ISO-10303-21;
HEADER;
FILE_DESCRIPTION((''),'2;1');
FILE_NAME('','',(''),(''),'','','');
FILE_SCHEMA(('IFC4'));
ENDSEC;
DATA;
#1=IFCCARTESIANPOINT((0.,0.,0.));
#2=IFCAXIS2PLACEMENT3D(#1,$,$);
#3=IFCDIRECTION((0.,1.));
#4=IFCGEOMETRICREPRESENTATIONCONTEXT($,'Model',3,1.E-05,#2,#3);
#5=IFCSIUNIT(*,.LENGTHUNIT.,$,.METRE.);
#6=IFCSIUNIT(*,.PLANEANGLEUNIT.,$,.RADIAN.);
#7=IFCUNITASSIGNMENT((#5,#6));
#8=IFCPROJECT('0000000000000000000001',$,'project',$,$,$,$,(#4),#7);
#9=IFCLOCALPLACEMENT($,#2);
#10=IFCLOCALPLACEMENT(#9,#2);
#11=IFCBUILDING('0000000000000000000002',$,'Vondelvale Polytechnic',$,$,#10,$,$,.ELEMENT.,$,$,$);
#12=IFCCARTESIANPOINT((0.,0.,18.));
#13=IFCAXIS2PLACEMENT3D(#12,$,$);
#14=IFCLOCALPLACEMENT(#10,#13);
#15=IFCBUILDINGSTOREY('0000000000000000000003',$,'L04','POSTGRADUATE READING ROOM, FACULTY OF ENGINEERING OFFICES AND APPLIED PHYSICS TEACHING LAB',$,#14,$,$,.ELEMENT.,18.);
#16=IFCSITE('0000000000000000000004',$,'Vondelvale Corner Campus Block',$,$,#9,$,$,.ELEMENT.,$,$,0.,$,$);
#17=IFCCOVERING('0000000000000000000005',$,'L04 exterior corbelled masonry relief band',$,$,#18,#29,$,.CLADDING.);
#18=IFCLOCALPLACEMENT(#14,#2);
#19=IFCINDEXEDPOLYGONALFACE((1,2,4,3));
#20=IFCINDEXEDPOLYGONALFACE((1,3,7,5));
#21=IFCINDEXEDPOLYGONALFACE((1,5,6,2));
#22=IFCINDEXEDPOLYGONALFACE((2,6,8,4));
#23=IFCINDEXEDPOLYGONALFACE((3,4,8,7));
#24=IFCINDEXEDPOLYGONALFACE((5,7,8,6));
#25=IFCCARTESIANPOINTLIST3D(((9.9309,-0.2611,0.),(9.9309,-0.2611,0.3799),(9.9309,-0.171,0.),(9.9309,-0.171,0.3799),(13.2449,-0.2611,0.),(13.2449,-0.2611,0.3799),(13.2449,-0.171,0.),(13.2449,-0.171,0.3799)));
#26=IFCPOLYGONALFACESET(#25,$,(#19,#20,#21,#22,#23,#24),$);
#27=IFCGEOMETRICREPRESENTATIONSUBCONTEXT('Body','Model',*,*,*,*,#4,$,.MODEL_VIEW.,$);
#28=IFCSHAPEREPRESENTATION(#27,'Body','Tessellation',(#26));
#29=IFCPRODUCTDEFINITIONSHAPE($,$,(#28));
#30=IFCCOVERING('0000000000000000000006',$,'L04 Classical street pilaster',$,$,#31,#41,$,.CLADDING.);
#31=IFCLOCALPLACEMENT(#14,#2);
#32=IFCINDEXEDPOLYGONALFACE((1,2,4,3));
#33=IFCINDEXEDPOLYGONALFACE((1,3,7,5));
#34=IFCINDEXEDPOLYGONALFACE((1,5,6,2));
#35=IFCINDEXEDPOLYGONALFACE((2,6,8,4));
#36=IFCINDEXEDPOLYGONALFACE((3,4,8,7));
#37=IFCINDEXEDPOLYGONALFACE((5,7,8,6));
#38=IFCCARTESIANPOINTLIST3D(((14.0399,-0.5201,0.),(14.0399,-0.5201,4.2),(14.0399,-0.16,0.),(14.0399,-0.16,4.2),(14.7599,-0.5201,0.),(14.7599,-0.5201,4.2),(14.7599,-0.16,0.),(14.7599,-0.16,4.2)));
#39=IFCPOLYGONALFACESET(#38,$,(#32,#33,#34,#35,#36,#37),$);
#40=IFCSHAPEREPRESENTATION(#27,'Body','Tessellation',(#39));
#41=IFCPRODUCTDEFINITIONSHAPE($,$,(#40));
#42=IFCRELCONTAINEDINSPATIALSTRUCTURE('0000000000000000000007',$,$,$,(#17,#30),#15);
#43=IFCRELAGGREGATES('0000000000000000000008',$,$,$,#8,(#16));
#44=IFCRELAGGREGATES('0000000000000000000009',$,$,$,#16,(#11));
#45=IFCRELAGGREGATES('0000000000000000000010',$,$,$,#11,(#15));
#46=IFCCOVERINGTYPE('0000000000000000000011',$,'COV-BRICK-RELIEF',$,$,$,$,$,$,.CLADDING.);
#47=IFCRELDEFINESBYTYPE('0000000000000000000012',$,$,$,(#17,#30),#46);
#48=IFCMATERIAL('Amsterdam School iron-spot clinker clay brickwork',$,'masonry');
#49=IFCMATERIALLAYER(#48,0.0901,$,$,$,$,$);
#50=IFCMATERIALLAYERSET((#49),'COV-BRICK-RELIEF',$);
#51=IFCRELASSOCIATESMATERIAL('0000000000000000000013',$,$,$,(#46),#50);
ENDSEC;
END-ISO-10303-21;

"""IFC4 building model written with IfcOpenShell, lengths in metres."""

from ifc_helpers import new_model, si_unit, direction, frame, origin, origin_2d, place, context, subcontext, project, spatial, rectangle, extrude, material, layer, layer_set, type_object, element, save


model = new_model("IFC4")

# Units and contexts
model_context = context("Model", 3, precision=1e-05, world=origin(), true_north=direction((0.0, 1.0)))
body_context = subcontext(model_context, "Body", "Model", "MODEL_VIEW")
ifc_project = project(units=[si_unit("LENGTHUNIT", "METRE"), si_unit("PLANEANGLEUNIT", "RADIAN")], contexts=[model_context])

# Site, building, storey
site_placement = place(None, origin())
site = spatial("IfcSite", under=ifc_project, at=site_placement, Name="Vondelvale Corner Campus Block", CompositionType="ELEMENT", RefElevation=0.0)
building_placement = place(site_placement, origin())
building = spatial("IfcBuilding", under=site, at=building_placement, Name="Vondelvale Polytechnic", CompositionType="ELEMENT")
storey_placement = place(building_placement, frame((0.0, 0.0, 18.0)))
storey = spatial("IfcBuildingStorey", under=building, at=storey_placement, Name="L04", Description="POSTGRADUATE READING ROOM, FACULTY OF ENGINEERING OFFICES AND APPLIED PHYSICS TEACHING LAB", CompositionType="ELEMENT", Elevation=18.0)

# Shared definitions
ifc_material_1 = material(Name="Amsterdam School iron-spot clinker clay brickwork", Category="masonry")

# Coverings
ifc_layer_1 = layer(ifc_material_1, 0.0901)
ifc_layer_set_1 = layer_set([ifc_layer_1], Name="COV-BRICK-RELIEF")
covering_type = type_object("IfcCoveringType", Name="COV-BRICK-RELIEF", PredefinedType="CLADDING", material=ifc_layer_set_1)
covering_1_placement = place(storey_placement, frame((11.5879, -0.2161, 0.0), z_axis=(0.0, 0.0, 1.0), x_axis=(-1.0, 0.0, 0.0)))
element("IfcCovering", 1, at=covering_1_placement, inside=storey, type_object=covering_type, Name="L04 exterior corbelled masonry relief band", PredefinedType="CLADDING", context=body_context, shape_type="SweptSolid", body=[
    extrude(rectangle(XDim=3.314, YDim=0.0901, at=origin_2d()), origin(), (0.0, 0.0, 1.0), 0.3799),
])
covering_2_placement = place(storey_placement, frame((14.3999, -0.3401, 0.0), z_axis=(0.0, 0.0, 1.0), x_axis=(1.0, 0.0, 0.0)))
element("IfcCovering", 2, at=covering_2_placement, inside=storey, type_object=covering_type, Name="L04 Classical street pilaster", PredefinedType="CLADDING", context=body_context, shape_type="SweptSolid", body=[
    extrude(rectangle(XDim=0.72, YDim=0.3601, at=origin_2d()), origin(), (0.0, 0.0, 1.0), 4.2),
])

save(model, "model.ifc")
